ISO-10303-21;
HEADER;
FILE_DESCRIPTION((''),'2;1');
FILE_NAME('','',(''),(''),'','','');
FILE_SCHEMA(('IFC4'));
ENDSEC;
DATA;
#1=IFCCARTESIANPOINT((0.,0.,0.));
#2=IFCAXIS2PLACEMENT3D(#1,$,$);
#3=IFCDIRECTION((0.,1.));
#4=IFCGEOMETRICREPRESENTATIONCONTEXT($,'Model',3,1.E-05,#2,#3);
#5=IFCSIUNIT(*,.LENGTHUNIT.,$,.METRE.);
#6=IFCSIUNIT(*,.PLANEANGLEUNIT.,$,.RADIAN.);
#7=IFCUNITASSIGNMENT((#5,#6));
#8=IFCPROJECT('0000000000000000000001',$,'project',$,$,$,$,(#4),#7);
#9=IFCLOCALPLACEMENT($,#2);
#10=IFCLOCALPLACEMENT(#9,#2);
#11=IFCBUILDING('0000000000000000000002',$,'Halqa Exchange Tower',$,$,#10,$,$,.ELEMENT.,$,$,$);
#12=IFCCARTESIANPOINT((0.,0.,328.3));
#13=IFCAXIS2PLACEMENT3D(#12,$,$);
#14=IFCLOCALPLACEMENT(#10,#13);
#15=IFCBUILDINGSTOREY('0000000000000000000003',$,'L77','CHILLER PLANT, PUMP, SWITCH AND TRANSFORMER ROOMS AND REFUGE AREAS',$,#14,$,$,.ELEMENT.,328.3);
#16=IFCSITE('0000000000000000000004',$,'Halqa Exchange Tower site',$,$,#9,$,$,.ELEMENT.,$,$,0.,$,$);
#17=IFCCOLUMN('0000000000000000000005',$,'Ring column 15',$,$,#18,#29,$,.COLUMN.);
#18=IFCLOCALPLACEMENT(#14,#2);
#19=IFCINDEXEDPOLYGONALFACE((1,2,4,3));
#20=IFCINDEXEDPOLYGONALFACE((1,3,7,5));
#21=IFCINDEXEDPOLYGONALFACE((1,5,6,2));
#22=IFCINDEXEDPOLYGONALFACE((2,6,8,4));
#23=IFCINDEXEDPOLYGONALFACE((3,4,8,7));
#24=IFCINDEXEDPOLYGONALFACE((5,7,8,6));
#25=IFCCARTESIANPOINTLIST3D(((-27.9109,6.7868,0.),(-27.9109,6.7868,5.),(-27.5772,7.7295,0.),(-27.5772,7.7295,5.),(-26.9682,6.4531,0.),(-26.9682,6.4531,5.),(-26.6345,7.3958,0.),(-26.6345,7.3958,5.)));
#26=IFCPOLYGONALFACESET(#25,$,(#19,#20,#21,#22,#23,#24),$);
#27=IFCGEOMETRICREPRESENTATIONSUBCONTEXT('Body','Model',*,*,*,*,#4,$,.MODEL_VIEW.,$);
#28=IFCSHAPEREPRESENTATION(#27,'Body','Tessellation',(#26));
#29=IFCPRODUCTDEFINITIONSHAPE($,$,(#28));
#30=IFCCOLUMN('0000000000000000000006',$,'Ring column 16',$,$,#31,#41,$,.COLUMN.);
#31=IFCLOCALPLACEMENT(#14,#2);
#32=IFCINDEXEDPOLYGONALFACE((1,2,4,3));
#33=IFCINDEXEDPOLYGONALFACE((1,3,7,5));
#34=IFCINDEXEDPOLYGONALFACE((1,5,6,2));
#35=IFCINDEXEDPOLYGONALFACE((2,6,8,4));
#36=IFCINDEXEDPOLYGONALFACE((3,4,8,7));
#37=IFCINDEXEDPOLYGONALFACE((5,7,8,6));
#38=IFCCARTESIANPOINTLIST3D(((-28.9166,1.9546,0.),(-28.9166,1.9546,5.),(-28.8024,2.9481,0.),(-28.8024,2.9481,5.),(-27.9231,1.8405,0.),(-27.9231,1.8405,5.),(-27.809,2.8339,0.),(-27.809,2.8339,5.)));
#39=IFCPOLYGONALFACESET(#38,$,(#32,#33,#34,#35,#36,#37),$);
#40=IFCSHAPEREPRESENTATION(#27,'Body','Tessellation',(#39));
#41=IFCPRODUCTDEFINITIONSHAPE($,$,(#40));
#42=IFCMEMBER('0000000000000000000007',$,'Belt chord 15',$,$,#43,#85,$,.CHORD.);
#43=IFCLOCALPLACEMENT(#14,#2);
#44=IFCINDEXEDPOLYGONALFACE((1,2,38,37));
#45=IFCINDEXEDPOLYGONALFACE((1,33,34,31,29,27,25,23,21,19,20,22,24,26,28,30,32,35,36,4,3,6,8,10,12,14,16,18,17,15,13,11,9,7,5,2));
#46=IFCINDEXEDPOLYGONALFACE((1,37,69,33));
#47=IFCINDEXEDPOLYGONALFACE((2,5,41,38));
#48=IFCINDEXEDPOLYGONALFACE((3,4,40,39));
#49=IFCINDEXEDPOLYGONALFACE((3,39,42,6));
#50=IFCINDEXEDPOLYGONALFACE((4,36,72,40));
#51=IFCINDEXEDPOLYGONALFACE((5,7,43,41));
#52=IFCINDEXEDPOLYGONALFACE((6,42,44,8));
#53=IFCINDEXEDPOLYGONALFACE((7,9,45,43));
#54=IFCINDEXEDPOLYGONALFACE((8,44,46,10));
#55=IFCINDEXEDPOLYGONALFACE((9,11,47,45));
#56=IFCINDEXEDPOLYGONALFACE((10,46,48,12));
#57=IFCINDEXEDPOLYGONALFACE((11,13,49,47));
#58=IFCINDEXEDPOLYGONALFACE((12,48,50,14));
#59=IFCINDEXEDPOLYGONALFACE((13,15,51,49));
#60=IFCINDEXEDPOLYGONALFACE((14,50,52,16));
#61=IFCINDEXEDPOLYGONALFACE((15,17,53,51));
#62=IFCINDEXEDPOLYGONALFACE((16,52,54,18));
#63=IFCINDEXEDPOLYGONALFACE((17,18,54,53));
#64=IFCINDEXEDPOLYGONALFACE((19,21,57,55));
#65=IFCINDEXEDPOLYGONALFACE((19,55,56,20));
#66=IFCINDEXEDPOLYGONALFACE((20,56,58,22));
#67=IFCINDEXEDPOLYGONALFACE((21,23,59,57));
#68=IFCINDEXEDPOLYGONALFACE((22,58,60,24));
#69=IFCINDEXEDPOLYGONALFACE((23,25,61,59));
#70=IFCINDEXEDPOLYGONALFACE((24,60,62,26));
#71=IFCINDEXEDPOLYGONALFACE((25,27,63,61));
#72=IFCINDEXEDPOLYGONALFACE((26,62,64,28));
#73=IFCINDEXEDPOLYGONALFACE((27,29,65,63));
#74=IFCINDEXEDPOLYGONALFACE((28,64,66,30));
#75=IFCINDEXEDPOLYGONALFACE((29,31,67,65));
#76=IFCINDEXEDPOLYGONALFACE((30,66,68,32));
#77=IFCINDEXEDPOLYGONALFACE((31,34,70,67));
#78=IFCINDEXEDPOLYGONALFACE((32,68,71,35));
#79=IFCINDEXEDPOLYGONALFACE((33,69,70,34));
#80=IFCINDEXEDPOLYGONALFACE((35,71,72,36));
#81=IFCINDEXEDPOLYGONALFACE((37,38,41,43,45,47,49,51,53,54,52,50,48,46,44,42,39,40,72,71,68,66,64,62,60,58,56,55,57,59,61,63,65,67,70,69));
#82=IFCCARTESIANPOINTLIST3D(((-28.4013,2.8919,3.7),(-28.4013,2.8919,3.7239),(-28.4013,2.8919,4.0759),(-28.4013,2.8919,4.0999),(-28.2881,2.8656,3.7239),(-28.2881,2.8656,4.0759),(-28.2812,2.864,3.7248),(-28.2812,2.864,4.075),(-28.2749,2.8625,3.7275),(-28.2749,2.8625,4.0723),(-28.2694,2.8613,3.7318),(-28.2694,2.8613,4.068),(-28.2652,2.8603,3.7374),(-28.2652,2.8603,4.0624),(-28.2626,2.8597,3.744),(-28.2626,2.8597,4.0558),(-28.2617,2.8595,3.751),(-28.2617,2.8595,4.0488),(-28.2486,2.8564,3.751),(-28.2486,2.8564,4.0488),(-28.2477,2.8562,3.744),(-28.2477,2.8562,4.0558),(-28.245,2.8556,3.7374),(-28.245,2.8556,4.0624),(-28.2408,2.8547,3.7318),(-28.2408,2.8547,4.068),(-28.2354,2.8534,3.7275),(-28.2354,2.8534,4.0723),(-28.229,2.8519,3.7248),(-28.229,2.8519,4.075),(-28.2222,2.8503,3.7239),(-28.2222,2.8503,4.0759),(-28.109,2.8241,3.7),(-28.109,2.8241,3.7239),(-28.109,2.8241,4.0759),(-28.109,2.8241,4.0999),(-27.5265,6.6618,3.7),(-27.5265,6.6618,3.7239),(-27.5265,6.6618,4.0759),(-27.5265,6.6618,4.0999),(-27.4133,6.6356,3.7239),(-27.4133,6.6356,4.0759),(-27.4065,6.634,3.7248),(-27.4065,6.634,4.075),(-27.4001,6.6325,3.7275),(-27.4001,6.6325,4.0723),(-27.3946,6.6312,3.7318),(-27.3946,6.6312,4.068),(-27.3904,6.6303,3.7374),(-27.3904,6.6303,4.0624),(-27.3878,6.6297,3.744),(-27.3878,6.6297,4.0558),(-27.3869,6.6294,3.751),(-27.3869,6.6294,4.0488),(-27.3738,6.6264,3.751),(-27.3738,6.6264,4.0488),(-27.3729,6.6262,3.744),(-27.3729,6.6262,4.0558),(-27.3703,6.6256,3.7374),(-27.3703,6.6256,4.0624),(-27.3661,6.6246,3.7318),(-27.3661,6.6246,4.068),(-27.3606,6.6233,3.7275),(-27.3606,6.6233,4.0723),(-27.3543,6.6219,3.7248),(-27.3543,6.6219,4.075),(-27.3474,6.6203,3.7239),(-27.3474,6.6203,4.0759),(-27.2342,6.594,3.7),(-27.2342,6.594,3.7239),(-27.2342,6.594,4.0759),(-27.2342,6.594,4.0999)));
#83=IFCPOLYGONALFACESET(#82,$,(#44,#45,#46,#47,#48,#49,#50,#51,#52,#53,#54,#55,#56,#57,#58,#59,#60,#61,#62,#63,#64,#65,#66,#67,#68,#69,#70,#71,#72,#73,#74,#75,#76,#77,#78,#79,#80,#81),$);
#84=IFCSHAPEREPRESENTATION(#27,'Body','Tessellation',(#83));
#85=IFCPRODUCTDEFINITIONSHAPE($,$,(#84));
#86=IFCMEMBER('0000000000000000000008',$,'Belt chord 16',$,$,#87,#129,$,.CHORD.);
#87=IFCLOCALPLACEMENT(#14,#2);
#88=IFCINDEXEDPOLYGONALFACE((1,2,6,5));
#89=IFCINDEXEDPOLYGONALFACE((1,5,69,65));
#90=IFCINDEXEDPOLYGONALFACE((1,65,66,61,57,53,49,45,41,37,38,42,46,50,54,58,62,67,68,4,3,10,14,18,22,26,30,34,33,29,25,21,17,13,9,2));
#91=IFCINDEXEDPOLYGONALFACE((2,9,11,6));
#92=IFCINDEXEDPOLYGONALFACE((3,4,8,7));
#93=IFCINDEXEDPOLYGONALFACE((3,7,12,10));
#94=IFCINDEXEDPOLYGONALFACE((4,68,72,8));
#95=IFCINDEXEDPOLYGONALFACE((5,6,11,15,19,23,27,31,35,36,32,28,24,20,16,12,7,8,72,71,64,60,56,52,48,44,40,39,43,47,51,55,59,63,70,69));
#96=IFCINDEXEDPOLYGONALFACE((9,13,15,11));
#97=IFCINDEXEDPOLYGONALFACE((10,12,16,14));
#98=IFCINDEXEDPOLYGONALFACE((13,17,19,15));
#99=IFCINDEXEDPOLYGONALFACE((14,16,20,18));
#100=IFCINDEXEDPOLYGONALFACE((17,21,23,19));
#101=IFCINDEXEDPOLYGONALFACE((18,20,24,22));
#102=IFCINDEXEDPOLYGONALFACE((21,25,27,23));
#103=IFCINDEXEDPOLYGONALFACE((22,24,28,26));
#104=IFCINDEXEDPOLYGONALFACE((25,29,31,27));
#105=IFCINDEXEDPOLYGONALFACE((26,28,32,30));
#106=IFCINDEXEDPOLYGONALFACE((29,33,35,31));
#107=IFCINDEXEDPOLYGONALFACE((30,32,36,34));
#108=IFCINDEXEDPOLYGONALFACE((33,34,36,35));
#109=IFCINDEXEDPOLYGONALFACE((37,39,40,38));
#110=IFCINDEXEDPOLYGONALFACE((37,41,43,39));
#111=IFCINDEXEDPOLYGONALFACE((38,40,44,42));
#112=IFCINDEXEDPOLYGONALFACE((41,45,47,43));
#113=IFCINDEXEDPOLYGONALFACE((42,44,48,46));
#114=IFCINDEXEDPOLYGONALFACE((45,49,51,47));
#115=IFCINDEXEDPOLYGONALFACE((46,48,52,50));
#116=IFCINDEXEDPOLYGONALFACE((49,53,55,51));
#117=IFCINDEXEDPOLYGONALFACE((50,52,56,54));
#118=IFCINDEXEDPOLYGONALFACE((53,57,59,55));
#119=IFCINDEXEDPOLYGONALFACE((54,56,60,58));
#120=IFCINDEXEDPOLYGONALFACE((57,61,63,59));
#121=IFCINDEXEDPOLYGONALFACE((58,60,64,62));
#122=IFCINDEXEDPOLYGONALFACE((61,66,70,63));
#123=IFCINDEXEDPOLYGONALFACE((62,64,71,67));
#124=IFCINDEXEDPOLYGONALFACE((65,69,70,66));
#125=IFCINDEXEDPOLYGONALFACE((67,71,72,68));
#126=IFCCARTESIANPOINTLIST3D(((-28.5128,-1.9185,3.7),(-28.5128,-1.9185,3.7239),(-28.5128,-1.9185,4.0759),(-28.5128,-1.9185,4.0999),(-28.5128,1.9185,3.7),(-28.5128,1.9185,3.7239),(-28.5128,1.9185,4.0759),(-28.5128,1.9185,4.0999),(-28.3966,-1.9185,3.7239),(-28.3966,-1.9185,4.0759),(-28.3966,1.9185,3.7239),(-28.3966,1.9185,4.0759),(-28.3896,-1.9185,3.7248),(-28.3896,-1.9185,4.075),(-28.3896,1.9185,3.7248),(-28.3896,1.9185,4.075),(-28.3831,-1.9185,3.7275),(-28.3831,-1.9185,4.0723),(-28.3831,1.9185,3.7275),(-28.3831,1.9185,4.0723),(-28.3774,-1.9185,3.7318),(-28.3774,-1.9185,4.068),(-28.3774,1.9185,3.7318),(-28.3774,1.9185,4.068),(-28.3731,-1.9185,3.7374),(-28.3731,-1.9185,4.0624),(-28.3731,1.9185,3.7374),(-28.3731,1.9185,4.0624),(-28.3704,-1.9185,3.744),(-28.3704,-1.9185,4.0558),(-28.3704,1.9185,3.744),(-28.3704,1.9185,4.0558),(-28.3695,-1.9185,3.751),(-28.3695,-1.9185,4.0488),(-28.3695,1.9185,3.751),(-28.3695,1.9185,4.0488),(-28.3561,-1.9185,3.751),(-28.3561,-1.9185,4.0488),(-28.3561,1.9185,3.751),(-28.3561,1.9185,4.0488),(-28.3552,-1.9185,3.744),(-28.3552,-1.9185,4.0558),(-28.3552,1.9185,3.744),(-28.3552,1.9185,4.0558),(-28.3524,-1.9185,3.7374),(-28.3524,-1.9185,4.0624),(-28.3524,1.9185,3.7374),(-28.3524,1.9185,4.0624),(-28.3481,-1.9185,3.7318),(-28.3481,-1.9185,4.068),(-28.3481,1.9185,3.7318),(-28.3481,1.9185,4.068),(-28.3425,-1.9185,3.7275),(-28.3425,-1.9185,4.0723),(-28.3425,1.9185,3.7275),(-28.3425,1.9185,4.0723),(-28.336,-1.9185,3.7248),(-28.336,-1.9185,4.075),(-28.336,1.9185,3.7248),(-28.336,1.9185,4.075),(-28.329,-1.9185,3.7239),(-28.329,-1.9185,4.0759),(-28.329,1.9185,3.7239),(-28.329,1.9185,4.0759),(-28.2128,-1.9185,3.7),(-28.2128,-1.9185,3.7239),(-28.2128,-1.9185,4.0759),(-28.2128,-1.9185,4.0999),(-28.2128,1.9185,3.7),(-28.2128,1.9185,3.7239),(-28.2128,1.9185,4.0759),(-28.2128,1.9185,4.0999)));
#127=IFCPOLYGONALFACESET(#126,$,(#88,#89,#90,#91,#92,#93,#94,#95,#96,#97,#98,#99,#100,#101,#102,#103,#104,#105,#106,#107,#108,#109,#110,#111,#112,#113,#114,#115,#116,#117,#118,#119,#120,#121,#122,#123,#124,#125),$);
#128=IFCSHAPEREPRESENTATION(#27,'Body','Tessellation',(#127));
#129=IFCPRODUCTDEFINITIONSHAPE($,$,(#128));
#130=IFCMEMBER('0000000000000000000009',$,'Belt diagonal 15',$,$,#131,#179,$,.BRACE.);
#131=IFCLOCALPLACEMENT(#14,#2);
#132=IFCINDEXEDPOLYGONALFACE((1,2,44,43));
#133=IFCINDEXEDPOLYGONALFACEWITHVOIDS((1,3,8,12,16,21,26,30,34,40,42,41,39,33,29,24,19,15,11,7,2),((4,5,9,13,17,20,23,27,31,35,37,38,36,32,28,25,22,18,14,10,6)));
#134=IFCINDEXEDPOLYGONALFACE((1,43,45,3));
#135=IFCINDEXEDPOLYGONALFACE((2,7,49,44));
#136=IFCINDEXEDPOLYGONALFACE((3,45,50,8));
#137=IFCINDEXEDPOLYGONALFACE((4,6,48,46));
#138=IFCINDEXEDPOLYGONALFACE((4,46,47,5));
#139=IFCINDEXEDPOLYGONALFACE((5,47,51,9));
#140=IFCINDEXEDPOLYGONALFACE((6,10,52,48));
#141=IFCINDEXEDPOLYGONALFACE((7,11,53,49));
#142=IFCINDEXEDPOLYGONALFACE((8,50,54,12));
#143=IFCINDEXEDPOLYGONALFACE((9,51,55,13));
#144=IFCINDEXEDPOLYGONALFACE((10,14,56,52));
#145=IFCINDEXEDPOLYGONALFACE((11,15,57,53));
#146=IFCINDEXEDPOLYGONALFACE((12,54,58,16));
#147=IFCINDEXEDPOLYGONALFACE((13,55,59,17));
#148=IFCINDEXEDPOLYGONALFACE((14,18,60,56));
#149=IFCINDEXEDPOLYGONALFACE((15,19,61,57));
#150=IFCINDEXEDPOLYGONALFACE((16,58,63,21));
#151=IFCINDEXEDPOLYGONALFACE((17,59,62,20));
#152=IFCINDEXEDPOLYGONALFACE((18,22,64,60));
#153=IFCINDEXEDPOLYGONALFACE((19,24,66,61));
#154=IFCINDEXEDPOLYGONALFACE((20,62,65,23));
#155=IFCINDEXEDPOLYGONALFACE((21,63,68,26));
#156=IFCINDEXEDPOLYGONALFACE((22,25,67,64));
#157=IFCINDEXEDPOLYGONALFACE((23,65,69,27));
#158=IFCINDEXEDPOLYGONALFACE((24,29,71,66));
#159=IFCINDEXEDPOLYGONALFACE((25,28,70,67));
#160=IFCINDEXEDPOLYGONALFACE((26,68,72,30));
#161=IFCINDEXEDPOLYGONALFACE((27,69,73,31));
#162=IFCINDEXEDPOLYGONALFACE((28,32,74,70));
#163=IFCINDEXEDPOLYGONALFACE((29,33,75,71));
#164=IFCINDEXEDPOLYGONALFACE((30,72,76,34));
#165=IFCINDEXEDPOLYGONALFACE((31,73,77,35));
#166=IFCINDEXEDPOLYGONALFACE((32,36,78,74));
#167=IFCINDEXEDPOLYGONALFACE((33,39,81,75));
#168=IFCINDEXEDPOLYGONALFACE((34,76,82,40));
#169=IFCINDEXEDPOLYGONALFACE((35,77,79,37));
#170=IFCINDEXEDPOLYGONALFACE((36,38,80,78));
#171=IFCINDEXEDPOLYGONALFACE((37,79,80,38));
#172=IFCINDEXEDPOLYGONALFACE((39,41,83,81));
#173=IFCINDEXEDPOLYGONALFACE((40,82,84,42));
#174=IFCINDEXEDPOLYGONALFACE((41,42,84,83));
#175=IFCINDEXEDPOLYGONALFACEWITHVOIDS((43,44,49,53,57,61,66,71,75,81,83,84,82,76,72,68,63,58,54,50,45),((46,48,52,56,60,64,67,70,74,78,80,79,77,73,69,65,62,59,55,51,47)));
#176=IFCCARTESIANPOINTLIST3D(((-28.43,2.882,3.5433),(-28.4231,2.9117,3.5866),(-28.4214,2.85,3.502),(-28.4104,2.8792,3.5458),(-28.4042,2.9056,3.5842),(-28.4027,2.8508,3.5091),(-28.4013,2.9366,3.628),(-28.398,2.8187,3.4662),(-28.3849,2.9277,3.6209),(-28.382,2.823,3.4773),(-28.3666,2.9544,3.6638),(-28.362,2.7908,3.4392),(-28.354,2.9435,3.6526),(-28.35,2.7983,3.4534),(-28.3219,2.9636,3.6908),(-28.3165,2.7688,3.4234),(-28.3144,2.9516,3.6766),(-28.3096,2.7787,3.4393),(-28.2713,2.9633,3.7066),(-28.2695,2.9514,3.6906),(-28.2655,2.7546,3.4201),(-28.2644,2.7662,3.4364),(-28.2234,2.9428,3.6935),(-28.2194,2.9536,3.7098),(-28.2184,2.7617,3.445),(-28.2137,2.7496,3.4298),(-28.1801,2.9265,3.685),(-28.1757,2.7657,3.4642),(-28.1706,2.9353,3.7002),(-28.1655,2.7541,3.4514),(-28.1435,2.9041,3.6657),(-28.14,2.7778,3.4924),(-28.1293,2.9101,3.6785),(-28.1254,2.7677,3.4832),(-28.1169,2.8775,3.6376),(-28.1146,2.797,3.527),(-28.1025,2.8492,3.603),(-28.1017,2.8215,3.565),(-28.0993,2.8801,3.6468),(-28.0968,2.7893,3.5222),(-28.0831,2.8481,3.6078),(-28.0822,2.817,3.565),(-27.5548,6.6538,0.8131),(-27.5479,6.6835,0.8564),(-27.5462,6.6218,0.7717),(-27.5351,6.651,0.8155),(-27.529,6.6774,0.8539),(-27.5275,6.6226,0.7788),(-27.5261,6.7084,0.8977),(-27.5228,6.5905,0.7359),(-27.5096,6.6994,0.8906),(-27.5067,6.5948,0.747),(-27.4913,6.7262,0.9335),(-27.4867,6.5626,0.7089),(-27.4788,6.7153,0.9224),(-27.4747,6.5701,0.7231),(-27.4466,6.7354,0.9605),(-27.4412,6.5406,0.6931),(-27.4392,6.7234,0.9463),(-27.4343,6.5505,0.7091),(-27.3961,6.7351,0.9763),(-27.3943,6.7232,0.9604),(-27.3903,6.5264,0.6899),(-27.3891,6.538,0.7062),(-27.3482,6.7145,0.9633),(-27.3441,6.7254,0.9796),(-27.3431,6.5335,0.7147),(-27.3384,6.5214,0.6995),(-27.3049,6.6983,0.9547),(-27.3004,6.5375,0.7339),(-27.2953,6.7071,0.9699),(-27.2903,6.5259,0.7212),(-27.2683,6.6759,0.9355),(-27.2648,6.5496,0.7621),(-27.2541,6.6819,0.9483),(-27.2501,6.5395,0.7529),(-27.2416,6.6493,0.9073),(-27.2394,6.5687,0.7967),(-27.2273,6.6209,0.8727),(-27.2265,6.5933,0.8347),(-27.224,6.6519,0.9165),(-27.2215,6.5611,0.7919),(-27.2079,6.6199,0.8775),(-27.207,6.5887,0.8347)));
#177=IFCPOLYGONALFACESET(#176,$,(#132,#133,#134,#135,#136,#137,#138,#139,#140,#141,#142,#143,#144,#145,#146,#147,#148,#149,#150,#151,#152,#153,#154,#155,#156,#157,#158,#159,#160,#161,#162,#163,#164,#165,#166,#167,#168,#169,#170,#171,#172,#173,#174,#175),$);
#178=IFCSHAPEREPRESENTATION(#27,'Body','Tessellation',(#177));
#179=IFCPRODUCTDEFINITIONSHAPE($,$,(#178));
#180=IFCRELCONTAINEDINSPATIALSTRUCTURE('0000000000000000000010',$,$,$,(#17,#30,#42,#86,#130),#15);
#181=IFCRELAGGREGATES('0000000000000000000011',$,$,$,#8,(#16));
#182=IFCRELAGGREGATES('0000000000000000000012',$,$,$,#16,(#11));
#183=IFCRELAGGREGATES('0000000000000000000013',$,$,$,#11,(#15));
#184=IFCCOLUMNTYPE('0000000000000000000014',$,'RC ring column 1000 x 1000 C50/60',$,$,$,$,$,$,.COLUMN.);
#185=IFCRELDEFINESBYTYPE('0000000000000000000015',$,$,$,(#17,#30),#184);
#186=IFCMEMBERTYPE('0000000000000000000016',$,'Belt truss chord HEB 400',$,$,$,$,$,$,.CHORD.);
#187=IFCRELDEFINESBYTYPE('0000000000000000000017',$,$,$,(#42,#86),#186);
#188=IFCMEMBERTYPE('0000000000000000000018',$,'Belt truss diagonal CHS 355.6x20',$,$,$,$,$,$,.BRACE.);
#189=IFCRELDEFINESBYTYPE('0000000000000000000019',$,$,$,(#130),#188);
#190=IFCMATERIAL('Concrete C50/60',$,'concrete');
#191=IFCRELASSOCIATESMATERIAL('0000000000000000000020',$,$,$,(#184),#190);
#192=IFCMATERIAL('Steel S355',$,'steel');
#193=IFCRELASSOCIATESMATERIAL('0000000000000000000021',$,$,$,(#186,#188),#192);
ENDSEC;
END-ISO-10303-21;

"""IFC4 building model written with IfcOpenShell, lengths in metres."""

from ifc_helpers import new_model, si_unit, direction, frame, origin, origin_2d, place, context, subcontext, project, spatial, rectangle, hollow_circle, i_section, extrude, material, material_profile, profile_set, type_object, element, save


model = new_model("IFC4")

# Units and contexts
model_context = context("Model", 3, precision=1e-05, world=origin(), true_north=direction((0.0, 1.0)))
body_context = subcontext(model_context, "Body", "Model", "MODEL_VIEW")
ifc_project = project(units=[si_unit("LENGTHUNIT", "METRE"), si_unit("PLANEANGLEUNIT", "RADIAN")], contexts=[model_context])

# Site, building, storey
site_placement = place(None, origin())
site = spatial("IfcSite", under=ifc_project, at=site_placement, Name="Halqa Exchange Tower site", CompositionType="ELEMENT", RefElevation=0.0)
building_placement = place(site_placement, origin())
building = spatial("IfcBuilding", under=site, at=building_placement, Name="Halqa Exchange Tower", CompositionType="ELEMENT")
storey_placement = place(building_placement, frame((0.0, 0.0, 328.3)))
storey = spatial("IfcBuildingStorey", under=building, at=storey_placement, Name="L77", Description="CHILLER PLANT, PUMP, SWITCH AND TRANSFORMER ROOMS AND REFUGE AREAS", CompositionType="ELEMENT", Elevation=328.3)

# Columns
ifc_material_1 = material(Name="Concrete C50/60", Category="concrete")
ifc_material_profile_1 = material_profile(ifc_material_1, rectangle(XDim=1.0, YDim=1.0, at=origin_2d()), Name="1000 x 1000")
ifc_profile_set_1 = profile_set([ifc_material_profile_1], Name="Concrete C50/60")
column_type = type_object("IfcColumnType", Name="RC ring column 1000 x 1000 C50/60", PredefinedType="COLUMN", material=ifc_profile_set_1)
for number, where, z_axis, x_axis, name in (
    (1, (-27.2727, 7.0913, 0.0), (0.0, 0.0, 1.0), (-0.333624, -0.942706, 0.0), "Ring column 15"),
    (2, (-28.3628, 2.3943, 0.0), (0.0, 0.0, 1.0), (-0.11416, -0.993462, 0.0), "Ring column 16"),
):
    element("IfcColumn", number, at=place(storey_placement, frame(where, z_axis=z_axis, x_axis=x_axis)), inside=storey, type_object=column_type, Name=name, PredefinedType="COLUMN", context=body_context, shape_type="SweptSolid", body=[
        extrude(rectangle(XDim=1.0, YDim=1.0, at=origin_2d()), origin(), (0.0, 0.0, 1.0), 5.0),
    ])

# Members
ifc_material_2 = material(Name="Steel S355", Category="steel")
ifc_material_profile_2 = material_profile(ifc_material_2, i_section(OverallWidth=0.3, OverallDepth=0.3999, WebThickness=0.0134, FlangeThickness=0.0239, FilletRadius=0.0271, at=origin_2d()), Name="HEB 400")
ifc_profile_set_2 = profile_set([ifc_material_profile_2], Name="Steel S355")
member_type_1 = type_object("IfcMemberType", Name="Belt truss chord HEB 400", PredefinedType="CHORD", material=ifc_profile_set_2)
member_1_placement = place(storey_placement, frame((-27.3804, 6.6279, 3.8999), z_axis=(-0.226025, -0.974122, 0.0), x_axis=(0.974122, -0.226025, 0.0)))
element("IfcMember", 3, at=member_1_placement, inside=storey, type_object=member_type_1, Name="Belt chord 15", PredefinedType="CHORD", context=body_context, shape_type="SweptSolid", body=[
    extrude(i_section(OverallWidth=0.3, OverallDepth=0.3999, WebThickness=0.0134, FlangeThickness=0.0239, FilletRadius=0.0271, at=origin_2d()), origin(), (0.0, 0.0, 1.0), 3.8701),
])
member_2_placement = place(storey_placement, frame((-28.3628, 1.9185, 3.8999), z_axis=(0.0, -1.0, 0.0), x_axis=(1.0, 0.0, 0.0)))
element("IfcMember", 4, at=member_2_placement, inside=storey, type_object=member_type_1, Name="Belt chord 16", PredefinedType="CHORD", context=body_context, shape_type="SweptSolid", body=[
    extrude(i_section(OverallWidth=0.3, OverallDepth=0.3999, WebThickness=0.0134, FlangeThickness=0.0239, FilletRadius=0.0271, at=origin_2d()), origin(), (0.0, 0.0, 1.0), 3.8369),
])
ifc_material_profile_3 = material_profile(ifc_material_2, hollow_circle(Radius=0.1777, WallThickness=0.02, at=origin_2d()), Name="CHS 355.6x20")
ifc_profile_set_3 = profile_set([ifc_material_profile_3], Name="Steel S355")
member_type_2 = type_object("IfcMemberType", Name="Belt truss diagonal CHS 355.6x20", PredefinedType="BRACE", material=ifc_profile_set_3)
member_3_placement = place(storey_placement, frame((-27.3801, 6.6289, 0.8347), z_axis=(-0.184739, -0.796104, 0.576272), x_axis=(0.974116, -0.226047, 0.0)))
element("IfcMember", 5, at=member_3_placement, inside=storey, type_object=member_type_2, Name="Belt diagonal 15", PredefinedType="BRACE", context=body_context, shape_type="SweptSolid", body=[
    extrude(hollow_circle(Radius=0.1777, WallThickness=0.02, at=origin_2d()), origin(), (0.0, 0.0, 1.0), 4.7378),
])

save(model, "model.ifc")
